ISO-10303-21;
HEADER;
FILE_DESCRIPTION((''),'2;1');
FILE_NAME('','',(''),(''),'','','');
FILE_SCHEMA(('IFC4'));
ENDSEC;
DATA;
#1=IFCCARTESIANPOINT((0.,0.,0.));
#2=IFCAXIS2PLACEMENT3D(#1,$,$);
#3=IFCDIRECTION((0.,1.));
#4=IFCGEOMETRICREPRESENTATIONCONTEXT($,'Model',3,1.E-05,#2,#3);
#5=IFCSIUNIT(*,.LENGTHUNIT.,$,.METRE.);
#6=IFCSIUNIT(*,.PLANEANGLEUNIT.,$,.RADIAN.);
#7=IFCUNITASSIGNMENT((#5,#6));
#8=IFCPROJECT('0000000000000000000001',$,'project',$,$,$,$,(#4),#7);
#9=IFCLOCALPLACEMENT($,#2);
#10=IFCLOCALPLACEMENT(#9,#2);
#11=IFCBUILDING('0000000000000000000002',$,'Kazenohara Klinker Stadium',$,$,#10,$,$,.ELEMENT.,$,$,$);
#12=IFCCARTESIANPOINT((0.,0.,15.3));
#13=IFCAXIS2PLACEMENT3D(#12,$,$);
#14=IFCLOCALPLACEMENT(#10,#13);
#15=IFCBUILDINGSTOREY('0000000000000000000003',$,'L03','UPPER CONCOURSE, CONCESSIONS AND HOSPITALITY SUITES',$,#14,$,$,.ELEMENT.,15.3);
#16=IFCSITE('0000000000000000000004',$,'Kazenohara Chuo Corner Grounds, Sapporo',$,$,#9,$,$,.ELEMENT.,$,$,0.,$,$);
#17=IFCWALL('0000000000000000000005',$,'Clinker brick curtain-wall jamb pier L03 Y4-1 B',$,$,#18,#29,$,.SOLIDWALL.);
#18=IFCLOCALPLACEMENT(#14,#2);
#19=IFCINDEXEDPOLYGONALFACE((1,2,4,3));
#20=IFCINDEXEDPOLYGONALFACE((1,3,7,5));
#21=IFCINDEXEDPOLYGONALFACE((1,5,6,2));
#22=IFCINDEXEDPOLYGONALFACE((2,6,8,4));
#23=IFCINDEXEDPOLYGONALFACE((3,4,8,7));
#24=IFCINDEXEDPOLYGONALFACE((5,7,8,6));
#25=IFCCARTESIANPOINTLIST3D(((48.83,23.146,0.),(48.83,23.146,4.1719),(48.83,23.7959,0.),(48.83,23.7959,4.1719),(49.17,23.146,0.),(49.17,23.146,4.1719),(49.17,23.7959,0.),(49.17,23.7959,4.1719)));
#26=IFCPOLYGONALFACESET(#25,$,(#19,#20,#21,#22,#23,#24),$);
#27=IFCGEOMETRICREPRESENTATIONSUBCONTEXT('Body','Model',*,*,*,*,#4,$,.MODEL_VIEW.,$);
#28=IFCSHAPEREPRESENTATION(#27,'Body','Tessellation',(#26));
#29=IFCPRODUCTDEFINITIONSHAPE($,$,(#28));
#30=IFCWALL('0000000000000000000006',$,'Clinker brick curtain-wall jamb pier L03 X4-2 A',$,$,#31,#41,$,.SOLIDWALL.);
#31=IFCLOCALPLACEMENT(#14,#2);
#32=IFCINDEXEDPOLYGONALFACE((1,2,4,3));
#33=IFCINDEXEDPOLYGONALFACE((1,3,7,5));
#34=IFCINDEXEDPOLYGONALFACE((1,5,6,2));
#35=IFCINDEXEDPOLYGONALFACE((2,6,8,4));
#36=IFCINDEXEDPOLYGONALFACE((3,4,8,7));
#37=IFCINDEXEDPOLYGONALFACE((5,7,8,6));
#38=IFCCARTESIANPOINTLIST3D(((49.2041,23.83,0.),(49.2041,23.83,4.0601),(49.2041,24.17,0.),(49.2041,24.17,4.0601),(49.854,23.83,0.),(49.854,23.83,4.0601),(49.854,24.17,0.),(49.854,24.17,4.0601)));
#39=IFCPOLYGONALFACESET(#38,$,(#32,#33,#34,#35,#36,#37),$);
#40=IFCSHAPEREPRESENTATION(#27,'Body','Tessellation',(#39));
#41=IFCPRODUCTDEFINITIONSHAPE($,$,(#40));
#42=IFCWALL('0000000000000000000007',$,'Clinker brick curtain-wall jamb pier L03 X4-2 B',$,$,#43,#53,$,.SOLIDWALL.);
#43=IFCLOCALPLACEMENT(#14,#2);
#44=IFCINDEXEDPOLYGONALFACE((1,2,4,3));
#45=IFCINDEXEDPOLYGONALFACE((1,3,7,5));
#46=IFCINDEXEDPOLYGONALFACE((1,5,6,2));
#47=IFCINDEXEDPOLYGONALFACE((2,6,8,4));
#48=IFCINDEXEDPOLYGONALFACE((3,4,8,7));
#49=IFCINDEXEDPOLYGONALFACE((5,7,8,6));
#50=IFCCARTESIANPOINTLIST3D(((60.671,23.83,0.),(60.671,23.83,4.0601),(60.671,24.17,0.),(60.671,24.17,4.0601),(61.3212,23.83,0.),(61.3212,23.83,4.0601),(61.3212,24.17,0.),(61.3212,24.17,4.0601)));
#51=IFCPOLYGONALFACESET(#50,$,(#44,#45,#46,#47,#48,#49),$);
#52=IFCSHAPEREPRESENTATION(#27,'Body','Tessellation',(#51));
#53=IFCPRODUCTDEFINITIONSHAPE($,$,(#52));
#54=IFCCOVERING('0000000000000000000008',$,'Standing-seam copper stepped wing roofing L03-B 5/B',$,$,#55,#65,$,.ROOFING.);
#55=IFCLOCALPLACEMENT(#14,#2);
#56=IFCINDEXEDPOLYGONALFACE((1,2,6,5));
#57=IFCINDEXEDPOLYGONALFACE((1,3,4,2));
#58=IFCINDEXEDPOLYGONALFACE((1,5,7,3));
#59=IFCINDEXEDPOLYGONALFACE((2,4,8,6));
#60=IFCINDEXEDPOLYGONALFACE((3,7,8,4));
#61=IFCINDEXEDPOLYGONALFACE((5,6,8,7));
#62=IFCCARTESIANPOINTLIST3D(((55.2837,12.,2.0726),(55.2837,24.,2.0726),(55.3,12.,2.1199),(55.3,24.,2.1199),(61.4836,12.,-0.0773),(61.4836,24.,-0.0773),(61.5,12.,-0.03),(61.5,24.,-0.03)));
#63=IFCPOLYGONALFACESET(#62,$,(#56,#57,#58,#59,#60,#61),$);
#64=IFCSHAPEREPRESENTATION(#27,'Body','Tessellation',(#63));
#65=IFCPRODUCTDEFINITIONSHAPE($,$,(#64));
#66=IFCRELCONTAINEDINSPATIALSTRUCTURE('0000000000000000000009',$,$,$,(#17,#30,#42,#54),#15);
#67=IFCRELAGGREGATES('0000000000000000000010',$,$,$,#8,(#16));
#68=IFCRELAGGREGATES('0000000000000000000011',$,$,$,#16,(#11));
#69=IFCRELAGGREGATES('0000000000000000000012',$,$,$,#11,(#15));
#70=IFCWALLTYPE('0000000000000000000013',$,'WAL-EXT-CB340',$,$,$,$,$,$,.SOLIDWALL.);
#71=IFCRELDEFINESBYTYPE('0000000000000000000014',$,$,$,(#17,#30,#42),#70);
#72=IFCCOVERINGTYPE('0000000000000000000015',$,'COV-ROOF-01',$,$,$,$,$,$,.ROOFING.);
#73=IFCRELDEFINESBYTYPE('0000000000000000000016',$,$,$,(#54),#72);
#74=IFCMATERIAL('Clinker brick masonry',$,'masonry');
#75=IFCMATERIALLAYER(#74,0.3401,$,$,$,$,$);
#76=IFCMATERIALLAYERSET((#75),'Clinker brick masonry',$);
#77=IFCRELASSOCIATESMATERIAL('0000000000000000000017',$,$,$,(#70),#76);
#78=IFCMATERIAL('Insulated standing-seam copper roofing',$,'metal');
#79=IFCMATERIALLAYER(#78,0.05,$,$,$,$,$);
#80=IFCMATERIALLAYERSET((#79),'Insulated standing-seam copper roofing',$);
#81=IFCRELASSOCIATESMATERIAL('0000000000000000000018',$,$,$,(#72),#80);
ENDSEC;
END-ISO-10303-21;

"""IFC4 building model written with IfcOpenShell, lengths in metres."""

from ifc_helpers import new_model, si_unit, direction, frame, frame_2d, origin, place, context, subcontext, project, spatial, polyline, rectangle, outline, extrude, material, layer, layer_set, type_object, element, save


model = new_model("IFC4")

# Units and contexts
model_context = context("Model", 3, precision=1e-05, world=origin(), true_north=direction((0.0, 1.0)))
body_context = subcontext(model_context, "Body", "Model", "MODEL_VIEW")
ifc_project = project(units=[si_unit("LENGTHUNIT", "METRE"), si_unit("PLANEANGLEUNIT", "RADIAN")], contexts=[model_context])

# Site, building, storey
site_placement = place(None, origin())
site = spatial("IfcSite", under=ifc_project, at=site_placement, Name="Kazenohara Chuo Corner Grounds, Sapporo", CompositionType="ELEMENT", RefElevation=0.0)
building_placement = place(site_placement, origin())
building = spatial("IfcBuilding", under=site, at=building_placement, Name="Kazenohara Klinker Stadium", CompositionType="ELEMENT")
storey_placement = place(building_placement, frame((0.0, 0.0, 15.3)))
storey = spatial("IfcBuildingStorey", under=building, at=storey_placement, Name="L03", Description="UPPER CONCOURSE, CONCESSIONS AND HOSPITALITY SUITES", CompositionType="ELEMENT", Elevation=15.3)

# Walls
ifc_material_1 = material(Name="Clinker brick masonry", Category="masonry")
ifc_layer_1 = layer(ifc_material_1, 0.3401)
ifc_layer_set_1 = layer_set([ifc_layer_1], Name="Clinker brick masonry")
wall_type = type_object("IfcWallType", Name="WAL-EXT-CB340", PredefinedType="SOLIDWALL", material=ifc_layer_set_1)
wall_1_placement = place(storey_placement, frame((49.0, 23.146, 0.0), z_axis=(0.0, 0.0, 1.0), x_axis=(0.0, 1.0, 0.0)))
element("IfcWall", 1, at=wall_1_placement, inside=storey, type_object=wall_type, Name="Clinker brick curtain-wall jamb pier L03 Y4-1 B", PredefinedType="SOLIDWALL", context=body_context, shape_type="SweptSolid", body=[
    extrude(rectangle(XDim=0.6499, YDim=0.3401, at=frame_2d((0.325, 0.0))), origin(), (0.0, 0.0, 1.0), 4.1719),
])
wall_2_placement = place(storey_placement, frame((49.2041, 24.0, 0.0), z_axis=(0.0, 0.0, 1.0), x_axis=(1.0, 0.0, 0.0)))
element("IfcWall", 2, at=wall_2_placement, inside=storey, type_object=wall_type, Name="Clinker brick curtain-wall jamb pier L03 X4-2 A", PredefinedType="SOLIDWALL", context=body_context, shape_type="SweptSolid", body=[
    extrude(rectangle(XDim=0.6499, YDim=0.3401, at=frame_2d((0.325, 0.0))), origin(), (0.0, 0.0, 1.0), 4.0601),
])
wall_3_placement = place(storey_placement, frame((60.6709, 24.0, 0.0), z_axis=(0.0, 0.0, 1.0), x_axis=(1.0, 0.0, 0.0)))
element("IfcWall", 3, at=wall_3_placement, inside=storey, type_object=wall_type, Name="Clinker brick curtain-wall jamb pier L03 X4-2 B", PredefinedType="SOLIDWALL", context=body_context, shape_type="SweptSolid", body=[
    extrude(rectangle(XDim=0.6501, YDim=0.3401, at=frame_2d((0.3252, 0.0))), origin(), (0.0, 0.0, 1.0), 4.0601),
])

# Covering
ifc_material_2 = material(Name="Insulated standing-seam copper roofing", Category="metal")
ifc_layer_2 = layer(ifc_material_2, 0.05)
ifc_layer_set_2 = layer_set([ifc_layer_2], Name="Insulated standing-seam copper roofing")
covering_type = type_object("IfcCoveringType", Name="COV-ROOF-01", PredefinedType="ROOFING", material=ifc_layer_set_2)
covering_placement = place(storey_placement, frame((55.3, 12.0, 2.1199), z_axis=(0.327623, 0.0, 0.944809), x_axis=(0.944809, 0.0, -0.327623)))
element("IfcCovering", 4, at=covering_placement, inside=storey, type_object=covering_type, Name="Standing-seam copper stepped wing roofing L03-B 5/B", PredefinedType="ROOFING", context=body_context, shape_type="SweptSolid", body=[
    extrude(outline(polyline([(0.0, 0.0), (6.5621, 0.0), (6.5621, 12.0), (0.0, 12.0), (0.0, 0.0)])), origin(), (0.0, 0.0, -1.0), 0.05),
])

save(model, "model.ifc")
